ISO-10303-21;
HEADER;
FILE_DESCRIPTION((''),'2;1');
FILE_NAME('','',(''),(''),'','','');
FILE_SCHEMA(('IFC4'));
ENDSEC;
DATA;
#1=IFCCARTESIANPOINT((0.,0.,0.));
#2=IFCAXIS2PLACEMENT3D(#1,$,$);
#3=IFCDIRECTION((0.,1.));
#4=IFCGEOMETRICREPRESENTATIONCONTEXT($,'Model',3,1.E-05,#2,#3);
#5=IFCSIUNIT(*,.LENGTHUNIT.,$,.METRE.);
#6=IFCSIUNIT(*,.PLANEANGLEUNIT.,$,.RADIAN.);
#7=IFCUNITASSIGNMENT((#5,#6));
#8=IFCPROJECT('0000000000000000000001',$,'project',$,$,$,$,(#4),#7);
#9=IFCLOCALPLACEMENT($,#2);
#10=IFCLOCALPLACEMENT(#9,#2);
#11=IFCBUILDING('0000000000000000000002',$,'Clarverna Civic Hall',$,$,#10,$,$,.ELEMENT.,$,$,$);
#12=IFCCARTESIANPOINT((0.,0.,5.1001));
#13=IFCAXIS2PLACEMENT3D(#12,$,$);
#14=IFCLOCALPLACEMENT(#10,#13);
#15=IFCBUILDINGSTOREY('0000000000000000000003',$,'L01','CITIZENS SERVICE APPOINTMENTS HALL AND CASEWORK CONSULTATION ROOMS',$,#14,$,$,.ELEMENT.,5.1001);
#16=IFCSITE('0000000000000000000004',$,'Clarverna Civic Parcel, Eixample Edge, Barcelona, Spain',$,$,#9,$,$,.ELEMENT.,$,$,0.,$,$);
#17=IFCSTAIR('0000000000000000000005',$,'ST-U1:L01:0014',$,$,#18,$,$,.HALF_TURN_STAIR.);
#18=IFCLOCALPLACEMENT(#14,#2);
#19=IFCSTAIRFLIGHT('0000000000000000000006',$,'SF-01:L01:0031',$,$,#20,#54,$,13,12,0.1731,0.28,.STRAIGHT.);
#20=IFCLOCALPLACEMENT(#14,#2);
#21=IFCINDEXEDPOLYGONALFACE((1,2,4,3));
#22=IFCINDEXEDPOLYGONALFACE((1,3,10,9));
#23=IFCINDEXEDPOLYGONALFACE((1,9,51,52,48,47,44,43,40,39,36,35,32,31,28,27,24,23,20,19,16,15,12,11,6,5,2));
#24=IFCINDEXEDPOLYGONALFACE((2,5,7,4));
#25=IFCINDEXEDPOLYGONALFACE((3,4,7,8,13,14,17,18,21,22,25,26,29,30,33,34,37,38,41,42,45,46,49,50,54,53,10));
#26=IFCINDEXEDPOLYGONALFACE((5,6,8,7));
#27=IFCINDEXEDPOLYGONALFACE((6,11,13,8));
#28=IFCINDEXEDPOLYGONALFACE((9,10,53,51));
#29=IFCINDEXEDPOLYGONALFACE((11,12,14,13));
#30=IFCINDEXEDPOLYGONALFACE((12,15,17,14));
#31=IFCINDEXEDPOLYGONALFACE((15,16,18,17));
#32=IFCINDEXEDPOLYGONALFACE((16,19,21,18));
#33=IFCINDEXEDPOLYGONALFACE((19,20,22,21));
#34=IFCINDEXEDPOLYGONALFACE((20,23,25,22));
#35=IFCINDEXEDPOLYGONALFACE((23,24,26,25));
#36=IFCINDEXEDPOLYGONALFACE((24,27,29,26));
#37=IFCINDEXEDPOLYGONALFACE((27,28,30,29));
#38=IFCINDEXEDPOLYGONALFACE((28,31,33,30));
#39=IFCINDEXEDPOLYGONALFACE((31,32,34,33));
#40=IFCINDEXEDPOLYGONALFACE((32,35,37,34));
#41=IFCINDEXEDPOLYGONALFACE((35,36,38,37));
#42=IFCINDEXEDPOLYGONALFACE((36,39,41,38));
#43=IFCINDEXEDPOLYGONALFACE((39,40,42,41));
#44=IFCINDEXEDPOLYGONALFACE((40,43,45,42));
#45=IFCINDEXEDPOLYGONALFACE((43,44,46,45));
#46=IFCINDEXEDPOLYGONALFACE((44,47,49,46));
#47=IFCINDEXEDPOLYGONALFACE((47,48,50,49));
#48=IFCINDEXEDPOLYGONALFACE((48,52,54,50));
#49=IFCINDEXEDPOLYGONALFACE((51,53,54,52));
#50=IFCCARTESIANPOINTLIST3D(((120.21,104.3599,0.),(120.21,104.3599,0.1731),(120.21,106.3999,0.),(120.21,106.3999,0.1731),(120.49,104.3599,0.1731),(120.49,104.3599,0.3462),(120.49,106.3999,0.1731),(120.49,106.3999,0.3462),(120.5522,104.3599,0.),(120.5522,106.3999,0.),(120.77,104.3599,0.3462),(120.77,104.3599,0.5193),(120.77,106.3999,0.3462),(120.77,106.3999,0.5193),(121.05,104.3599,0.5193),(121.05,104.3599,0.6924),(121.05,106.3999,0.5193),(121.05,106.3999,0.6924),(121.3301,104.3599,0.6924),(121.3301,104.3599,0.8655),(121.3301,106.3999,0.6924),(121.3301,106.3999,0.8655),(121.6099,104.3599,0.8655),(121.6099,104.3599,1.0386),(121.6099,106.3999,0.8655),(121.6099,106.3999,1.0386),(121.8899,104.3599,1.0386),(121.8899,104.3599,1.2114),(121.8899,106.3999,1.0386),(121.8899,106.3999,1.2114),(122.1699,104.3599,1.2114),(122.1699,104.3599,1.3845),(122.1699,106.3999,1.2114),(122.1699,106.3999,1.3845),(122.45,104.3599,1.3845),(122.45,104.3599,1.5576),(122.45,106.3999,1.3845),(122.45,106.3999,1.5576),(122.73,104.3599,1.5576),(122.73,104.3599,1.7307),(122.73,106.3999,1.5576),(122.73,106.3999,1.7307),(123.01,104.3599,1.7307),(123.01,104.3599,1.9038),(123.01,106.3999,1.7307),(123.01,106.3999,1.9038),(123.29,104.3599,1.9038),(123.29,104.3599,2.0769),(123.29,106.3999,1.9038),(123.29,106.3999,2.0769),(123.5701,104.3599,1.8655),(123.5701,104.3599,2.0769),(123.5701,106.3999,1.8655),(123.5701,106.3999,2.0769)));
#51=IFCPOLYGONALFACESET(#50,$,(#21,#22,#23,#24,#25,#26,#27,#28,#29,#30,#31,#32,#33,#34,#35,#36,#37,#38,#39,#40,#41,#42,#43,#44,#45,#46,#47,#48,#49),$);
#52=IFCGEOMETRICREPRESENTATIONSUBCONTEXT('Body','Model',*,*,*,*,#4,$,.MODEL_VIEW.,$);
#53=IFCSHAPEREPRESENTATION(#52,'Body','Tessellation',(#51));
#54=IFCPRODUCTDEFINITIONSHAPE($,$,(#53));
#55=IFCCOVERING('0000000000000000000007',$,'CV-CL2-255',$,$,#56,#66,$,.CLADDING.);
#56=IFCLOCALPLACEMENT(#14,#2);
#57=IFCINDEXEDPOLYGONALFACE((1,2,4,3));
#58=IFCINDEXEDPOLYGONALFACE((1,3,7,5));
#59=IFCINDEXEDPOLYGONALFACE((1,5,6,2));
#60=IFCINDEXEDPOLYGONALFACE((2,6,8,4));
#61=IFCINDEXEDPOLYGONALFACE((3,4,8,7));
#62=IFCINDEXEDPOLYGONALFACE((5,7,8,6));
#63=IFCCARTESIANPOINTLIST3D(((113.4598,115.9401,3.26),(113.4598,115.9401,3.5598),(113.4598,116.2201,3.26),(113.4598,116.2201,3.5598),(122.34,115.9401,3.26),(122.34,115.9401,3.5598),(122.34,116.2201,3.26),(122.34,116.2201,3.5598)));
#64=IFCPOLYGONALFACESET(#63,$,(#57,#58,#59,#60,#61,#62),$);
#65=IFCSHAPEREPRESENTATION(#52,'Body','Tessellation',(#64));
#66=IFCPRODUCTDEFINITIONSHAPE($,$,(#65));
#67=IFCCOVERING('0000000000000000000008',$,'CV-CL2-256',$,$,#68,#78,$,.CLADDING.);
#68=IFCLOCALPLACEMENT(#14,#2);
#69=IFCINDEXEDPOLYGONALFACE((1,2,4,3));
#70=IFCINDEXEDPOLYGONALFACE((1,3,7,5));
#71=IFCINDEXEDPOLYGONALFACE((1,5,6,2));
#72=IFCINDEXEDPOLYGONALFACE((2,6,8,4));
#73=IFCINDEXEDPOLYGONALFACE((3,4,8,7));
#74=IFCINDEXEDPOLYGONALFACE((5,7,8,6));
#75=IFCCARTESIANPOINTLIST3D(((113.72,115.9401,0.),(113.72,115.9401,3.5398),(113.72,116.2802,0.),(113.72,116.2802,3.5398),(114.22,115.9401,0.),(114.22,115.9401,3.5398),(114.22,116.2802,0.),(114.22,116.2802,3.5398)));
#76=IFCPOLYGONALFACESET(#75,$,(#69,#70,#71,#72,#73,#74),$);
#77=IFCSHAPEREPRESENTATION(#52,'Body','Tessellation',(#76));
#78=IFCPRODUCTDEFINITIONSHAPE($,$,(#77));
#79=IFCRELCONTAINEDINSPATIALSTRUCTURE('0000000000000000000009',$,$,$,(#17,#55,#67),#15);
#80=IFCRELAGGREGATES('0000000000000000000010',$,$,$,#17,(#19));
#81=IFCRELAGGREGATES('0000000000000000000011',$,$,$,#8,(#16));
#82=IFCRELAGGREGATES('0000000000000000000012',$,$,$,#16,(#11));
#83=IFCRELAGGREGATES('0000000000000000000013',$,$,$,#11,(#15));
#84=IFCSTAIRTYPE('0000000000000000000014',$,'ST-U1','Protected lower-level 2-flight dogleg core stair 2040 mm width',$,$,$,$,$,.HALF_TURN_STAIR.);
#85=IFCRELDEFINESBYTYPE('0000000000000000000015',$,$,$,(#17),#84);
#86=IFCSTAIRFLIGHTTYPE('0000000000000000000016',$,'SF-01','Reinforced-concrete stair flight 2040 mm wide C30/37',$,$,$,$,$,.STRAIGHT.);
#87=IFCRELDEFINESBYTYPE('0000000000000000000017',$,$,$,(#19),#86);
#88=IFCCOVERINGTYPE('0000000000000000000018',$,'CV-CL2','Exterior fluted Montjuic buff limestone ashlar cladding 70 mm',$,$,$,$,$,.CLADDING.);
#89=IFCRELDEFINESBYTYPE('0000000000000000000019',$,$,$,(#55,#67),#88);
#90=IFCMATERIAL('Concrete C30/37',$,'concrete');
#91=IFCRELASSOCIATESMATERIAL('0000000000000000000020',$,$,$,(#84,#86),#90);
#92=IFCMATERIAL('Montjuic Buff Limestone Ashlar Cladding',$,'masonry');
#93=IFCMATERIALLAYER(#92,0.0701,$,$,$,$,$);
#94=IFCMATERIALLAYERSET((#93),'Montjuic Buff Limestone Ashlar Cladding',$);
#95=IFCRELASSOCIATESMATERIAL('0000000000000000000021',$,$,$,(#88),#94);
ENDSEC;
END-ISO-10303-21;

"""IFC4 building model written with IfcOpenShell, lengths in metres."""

from ifc_helpers import new_model, si_unit, direction, frame, frame_2d, origin, place, context, subcontext, project, spatial, polyline, rectangle, outline, extrude, material, layer, layer_set, type_object, element, aggregate, save


model = new_model("IFC4")

# Units and contexts
model_context = context("Model", 3, precision=1e-05, world=origin(), true_north=direction((0.0, 1.0)))
body_context = subcontext(model_context, "Body", "Model", "MODEL_VIEW")
ifc_project = project(units=[si_unit("LENGTHUNIT", "METRE"), si_unit("PLANEANGLEUNIT", "RADIAN")], contexts=[model_context])

# Site, building, storey
site_placement = place(None, origin())
site = spatial("IfcSite", under=ifc_project, at=site_placement, Name="Clarverna Civic Parcel, Eixample Edge, Barcelona, Spain", CompositionType="ELEMENT", RefElevation=0.0)
building_placement = place(site_placement, origin())
building = spatial("IfcBuilding", under=site, at=building_placement, Name="Clarverna Civic Hall", CompositionType="ELEMENT")
storey_placement = place(building_placement, frame((0.0, 0.0, 5.1001)))
storey = spatial("IfcBuildingStorey", under=building, at=storey_placement, Name="L01", Description="CITIZENS SERVICE APPOINTMENTS HALL AND CASEWORK CONSULTATION ROOMS", CompositionType="ELEMENT", Elevation=5.1001)

# Stair, stair flight
ifc_material_1 = material(Name="Concrete C30/37", Category="concrete")
stair_type = type_object("IfcStairType", Name="ST-U1", Description="Protected lower-level 2-flight dogleg core stair 2040 mm width", PredefinedType="HALF_TURN_STAIR", material=ifc_material_1)
stair_placement = place(storey_placement, origin())
stair = element("IfcStair", 1, at=stair_placement, inside=storey, type_object=stair_type, Name="ST-U1:L01:0014", PredefinedType="HALF_TURN_STAIR")
stair_flight_type = type_object("IfcStairFlightType", Name="SF-01", Description="Reinforced-concrete stair flight 2040 mm wide C30/37", PredefinedType="STRAIGHT", material=ifc_material_1)
stair_flight_placement = place(storey_placement, frame((120.21, 105.3799, 0.0), z_axis=(0.0, 0.0, 1.0), x_axis=(1.0, 0.0, 0.0)))
stair_flight = element("IfcStairFlight", 2, at=stair_flight_placement, type_object=stair_flight_type, Name="SF-01:L01:0031", NumberOfRisers=13, NumberOfTreads=12, PredefinedType="STRAIGHT", RiserHeight=0.1731, TreadLength=0.28, context=body_context, shape_type="SweptSolid", body=[
    extrude(outline(polyline([(0.0, 0.0), (0.0, 0.1731), (0.28, 0.1731), (0.28, 0.3462), (0.5601, 0.3462), (0.5601, 0.5193), (0.8401, 0.5193), (0.8401, 0.6924), (1.1201, 0.6924), (1.1201, 0.8655), (1.3999, 0.8655), (1.3999, 1.0386), (1.6799, 1.0386), (1.6799, 1.2114), (1.96, 1.2114), (1.96, 1.3845), (2.24, 1.3845), (2.24, 1.5576), (2.52, 1.5576), (2.52, 1.7307), (2.8, 1.7307), (2.8, 1.9038), (3.0801, 1.9038), (3.0801, 2.0769), (3.3601, 2.0769), (3.3601, 2.25), (3.3601, 1.8655), (0.3423, 0.0), (0.0, 0.0)])), frame((0.0, 1.02, 0.0), z_axis=(0.0, -1.0, 0.0), x_axis=(1.0, 0.0, 0.0)), (0.0, 0.0, 1.0), 2.04),
])
aggregate(stair, [stair_flight])

# Coverings
ifc_material_2 = material(Name="Montjuic Buff Limestone Ashlar Cladding", Category="masonry")
ifc_layer_1 = layer(ifc_material_2, 0.0701)
ifc_layer_set_1 = layer_set([ifc_layer_1], Name="Montjuic Buff Limestone Ashlar Cladding")
covering_type = type_object("IfcCoveringType", Name="CV-CL2", Description="Exterior fluted Montjuic buff limestone ashlar cladding 70 mm", PredefinedType="CLADDING", material=ifc_layer_set_1)
covering_1_placement = place(storey_placement, frame((113.46, 116.0801, 3.26), z_axis=(0.0, 0.0, 1.0), x_axis=(1.0, 0.0, 0.0)))
element("IfcCovering", 3, at=covering_1_placement, inside=storey, type_object=covering_type, Name="CV-CL2-255", PredefinedType="CLADDING", context=body_context, shape_type="SweptSolid", body=[
    extrude(rectangle(XDim=8.8801, YDim=0.28, at=frame_2d((4.4399, 0.0))), origin(), (0.0, 0.0, 1.0), 0.2998),
])
covering_2_placement = place(storey_placement, frame((113.72, 116.1101, 0.0), z_axis=(0.0, 0.0, 1.0), x_axis=(1.0, 0.0, 0.0)))
element("IfcCovering", 4, at=covering_2_placement, inside=storey, type_object=covering_type, Name="CV-CL2-256", PredefinedType="CLADDING", context=body_context, shape_type="SweptSolid", body=[
    extrude(rectangle(XDim=0.5, YDim=0.3401, at=frame_2d((0.25, 0.0))), origin(), (0.0, 0.0, 1.0), 3.5398),
])

save(model, "model.ifc")
